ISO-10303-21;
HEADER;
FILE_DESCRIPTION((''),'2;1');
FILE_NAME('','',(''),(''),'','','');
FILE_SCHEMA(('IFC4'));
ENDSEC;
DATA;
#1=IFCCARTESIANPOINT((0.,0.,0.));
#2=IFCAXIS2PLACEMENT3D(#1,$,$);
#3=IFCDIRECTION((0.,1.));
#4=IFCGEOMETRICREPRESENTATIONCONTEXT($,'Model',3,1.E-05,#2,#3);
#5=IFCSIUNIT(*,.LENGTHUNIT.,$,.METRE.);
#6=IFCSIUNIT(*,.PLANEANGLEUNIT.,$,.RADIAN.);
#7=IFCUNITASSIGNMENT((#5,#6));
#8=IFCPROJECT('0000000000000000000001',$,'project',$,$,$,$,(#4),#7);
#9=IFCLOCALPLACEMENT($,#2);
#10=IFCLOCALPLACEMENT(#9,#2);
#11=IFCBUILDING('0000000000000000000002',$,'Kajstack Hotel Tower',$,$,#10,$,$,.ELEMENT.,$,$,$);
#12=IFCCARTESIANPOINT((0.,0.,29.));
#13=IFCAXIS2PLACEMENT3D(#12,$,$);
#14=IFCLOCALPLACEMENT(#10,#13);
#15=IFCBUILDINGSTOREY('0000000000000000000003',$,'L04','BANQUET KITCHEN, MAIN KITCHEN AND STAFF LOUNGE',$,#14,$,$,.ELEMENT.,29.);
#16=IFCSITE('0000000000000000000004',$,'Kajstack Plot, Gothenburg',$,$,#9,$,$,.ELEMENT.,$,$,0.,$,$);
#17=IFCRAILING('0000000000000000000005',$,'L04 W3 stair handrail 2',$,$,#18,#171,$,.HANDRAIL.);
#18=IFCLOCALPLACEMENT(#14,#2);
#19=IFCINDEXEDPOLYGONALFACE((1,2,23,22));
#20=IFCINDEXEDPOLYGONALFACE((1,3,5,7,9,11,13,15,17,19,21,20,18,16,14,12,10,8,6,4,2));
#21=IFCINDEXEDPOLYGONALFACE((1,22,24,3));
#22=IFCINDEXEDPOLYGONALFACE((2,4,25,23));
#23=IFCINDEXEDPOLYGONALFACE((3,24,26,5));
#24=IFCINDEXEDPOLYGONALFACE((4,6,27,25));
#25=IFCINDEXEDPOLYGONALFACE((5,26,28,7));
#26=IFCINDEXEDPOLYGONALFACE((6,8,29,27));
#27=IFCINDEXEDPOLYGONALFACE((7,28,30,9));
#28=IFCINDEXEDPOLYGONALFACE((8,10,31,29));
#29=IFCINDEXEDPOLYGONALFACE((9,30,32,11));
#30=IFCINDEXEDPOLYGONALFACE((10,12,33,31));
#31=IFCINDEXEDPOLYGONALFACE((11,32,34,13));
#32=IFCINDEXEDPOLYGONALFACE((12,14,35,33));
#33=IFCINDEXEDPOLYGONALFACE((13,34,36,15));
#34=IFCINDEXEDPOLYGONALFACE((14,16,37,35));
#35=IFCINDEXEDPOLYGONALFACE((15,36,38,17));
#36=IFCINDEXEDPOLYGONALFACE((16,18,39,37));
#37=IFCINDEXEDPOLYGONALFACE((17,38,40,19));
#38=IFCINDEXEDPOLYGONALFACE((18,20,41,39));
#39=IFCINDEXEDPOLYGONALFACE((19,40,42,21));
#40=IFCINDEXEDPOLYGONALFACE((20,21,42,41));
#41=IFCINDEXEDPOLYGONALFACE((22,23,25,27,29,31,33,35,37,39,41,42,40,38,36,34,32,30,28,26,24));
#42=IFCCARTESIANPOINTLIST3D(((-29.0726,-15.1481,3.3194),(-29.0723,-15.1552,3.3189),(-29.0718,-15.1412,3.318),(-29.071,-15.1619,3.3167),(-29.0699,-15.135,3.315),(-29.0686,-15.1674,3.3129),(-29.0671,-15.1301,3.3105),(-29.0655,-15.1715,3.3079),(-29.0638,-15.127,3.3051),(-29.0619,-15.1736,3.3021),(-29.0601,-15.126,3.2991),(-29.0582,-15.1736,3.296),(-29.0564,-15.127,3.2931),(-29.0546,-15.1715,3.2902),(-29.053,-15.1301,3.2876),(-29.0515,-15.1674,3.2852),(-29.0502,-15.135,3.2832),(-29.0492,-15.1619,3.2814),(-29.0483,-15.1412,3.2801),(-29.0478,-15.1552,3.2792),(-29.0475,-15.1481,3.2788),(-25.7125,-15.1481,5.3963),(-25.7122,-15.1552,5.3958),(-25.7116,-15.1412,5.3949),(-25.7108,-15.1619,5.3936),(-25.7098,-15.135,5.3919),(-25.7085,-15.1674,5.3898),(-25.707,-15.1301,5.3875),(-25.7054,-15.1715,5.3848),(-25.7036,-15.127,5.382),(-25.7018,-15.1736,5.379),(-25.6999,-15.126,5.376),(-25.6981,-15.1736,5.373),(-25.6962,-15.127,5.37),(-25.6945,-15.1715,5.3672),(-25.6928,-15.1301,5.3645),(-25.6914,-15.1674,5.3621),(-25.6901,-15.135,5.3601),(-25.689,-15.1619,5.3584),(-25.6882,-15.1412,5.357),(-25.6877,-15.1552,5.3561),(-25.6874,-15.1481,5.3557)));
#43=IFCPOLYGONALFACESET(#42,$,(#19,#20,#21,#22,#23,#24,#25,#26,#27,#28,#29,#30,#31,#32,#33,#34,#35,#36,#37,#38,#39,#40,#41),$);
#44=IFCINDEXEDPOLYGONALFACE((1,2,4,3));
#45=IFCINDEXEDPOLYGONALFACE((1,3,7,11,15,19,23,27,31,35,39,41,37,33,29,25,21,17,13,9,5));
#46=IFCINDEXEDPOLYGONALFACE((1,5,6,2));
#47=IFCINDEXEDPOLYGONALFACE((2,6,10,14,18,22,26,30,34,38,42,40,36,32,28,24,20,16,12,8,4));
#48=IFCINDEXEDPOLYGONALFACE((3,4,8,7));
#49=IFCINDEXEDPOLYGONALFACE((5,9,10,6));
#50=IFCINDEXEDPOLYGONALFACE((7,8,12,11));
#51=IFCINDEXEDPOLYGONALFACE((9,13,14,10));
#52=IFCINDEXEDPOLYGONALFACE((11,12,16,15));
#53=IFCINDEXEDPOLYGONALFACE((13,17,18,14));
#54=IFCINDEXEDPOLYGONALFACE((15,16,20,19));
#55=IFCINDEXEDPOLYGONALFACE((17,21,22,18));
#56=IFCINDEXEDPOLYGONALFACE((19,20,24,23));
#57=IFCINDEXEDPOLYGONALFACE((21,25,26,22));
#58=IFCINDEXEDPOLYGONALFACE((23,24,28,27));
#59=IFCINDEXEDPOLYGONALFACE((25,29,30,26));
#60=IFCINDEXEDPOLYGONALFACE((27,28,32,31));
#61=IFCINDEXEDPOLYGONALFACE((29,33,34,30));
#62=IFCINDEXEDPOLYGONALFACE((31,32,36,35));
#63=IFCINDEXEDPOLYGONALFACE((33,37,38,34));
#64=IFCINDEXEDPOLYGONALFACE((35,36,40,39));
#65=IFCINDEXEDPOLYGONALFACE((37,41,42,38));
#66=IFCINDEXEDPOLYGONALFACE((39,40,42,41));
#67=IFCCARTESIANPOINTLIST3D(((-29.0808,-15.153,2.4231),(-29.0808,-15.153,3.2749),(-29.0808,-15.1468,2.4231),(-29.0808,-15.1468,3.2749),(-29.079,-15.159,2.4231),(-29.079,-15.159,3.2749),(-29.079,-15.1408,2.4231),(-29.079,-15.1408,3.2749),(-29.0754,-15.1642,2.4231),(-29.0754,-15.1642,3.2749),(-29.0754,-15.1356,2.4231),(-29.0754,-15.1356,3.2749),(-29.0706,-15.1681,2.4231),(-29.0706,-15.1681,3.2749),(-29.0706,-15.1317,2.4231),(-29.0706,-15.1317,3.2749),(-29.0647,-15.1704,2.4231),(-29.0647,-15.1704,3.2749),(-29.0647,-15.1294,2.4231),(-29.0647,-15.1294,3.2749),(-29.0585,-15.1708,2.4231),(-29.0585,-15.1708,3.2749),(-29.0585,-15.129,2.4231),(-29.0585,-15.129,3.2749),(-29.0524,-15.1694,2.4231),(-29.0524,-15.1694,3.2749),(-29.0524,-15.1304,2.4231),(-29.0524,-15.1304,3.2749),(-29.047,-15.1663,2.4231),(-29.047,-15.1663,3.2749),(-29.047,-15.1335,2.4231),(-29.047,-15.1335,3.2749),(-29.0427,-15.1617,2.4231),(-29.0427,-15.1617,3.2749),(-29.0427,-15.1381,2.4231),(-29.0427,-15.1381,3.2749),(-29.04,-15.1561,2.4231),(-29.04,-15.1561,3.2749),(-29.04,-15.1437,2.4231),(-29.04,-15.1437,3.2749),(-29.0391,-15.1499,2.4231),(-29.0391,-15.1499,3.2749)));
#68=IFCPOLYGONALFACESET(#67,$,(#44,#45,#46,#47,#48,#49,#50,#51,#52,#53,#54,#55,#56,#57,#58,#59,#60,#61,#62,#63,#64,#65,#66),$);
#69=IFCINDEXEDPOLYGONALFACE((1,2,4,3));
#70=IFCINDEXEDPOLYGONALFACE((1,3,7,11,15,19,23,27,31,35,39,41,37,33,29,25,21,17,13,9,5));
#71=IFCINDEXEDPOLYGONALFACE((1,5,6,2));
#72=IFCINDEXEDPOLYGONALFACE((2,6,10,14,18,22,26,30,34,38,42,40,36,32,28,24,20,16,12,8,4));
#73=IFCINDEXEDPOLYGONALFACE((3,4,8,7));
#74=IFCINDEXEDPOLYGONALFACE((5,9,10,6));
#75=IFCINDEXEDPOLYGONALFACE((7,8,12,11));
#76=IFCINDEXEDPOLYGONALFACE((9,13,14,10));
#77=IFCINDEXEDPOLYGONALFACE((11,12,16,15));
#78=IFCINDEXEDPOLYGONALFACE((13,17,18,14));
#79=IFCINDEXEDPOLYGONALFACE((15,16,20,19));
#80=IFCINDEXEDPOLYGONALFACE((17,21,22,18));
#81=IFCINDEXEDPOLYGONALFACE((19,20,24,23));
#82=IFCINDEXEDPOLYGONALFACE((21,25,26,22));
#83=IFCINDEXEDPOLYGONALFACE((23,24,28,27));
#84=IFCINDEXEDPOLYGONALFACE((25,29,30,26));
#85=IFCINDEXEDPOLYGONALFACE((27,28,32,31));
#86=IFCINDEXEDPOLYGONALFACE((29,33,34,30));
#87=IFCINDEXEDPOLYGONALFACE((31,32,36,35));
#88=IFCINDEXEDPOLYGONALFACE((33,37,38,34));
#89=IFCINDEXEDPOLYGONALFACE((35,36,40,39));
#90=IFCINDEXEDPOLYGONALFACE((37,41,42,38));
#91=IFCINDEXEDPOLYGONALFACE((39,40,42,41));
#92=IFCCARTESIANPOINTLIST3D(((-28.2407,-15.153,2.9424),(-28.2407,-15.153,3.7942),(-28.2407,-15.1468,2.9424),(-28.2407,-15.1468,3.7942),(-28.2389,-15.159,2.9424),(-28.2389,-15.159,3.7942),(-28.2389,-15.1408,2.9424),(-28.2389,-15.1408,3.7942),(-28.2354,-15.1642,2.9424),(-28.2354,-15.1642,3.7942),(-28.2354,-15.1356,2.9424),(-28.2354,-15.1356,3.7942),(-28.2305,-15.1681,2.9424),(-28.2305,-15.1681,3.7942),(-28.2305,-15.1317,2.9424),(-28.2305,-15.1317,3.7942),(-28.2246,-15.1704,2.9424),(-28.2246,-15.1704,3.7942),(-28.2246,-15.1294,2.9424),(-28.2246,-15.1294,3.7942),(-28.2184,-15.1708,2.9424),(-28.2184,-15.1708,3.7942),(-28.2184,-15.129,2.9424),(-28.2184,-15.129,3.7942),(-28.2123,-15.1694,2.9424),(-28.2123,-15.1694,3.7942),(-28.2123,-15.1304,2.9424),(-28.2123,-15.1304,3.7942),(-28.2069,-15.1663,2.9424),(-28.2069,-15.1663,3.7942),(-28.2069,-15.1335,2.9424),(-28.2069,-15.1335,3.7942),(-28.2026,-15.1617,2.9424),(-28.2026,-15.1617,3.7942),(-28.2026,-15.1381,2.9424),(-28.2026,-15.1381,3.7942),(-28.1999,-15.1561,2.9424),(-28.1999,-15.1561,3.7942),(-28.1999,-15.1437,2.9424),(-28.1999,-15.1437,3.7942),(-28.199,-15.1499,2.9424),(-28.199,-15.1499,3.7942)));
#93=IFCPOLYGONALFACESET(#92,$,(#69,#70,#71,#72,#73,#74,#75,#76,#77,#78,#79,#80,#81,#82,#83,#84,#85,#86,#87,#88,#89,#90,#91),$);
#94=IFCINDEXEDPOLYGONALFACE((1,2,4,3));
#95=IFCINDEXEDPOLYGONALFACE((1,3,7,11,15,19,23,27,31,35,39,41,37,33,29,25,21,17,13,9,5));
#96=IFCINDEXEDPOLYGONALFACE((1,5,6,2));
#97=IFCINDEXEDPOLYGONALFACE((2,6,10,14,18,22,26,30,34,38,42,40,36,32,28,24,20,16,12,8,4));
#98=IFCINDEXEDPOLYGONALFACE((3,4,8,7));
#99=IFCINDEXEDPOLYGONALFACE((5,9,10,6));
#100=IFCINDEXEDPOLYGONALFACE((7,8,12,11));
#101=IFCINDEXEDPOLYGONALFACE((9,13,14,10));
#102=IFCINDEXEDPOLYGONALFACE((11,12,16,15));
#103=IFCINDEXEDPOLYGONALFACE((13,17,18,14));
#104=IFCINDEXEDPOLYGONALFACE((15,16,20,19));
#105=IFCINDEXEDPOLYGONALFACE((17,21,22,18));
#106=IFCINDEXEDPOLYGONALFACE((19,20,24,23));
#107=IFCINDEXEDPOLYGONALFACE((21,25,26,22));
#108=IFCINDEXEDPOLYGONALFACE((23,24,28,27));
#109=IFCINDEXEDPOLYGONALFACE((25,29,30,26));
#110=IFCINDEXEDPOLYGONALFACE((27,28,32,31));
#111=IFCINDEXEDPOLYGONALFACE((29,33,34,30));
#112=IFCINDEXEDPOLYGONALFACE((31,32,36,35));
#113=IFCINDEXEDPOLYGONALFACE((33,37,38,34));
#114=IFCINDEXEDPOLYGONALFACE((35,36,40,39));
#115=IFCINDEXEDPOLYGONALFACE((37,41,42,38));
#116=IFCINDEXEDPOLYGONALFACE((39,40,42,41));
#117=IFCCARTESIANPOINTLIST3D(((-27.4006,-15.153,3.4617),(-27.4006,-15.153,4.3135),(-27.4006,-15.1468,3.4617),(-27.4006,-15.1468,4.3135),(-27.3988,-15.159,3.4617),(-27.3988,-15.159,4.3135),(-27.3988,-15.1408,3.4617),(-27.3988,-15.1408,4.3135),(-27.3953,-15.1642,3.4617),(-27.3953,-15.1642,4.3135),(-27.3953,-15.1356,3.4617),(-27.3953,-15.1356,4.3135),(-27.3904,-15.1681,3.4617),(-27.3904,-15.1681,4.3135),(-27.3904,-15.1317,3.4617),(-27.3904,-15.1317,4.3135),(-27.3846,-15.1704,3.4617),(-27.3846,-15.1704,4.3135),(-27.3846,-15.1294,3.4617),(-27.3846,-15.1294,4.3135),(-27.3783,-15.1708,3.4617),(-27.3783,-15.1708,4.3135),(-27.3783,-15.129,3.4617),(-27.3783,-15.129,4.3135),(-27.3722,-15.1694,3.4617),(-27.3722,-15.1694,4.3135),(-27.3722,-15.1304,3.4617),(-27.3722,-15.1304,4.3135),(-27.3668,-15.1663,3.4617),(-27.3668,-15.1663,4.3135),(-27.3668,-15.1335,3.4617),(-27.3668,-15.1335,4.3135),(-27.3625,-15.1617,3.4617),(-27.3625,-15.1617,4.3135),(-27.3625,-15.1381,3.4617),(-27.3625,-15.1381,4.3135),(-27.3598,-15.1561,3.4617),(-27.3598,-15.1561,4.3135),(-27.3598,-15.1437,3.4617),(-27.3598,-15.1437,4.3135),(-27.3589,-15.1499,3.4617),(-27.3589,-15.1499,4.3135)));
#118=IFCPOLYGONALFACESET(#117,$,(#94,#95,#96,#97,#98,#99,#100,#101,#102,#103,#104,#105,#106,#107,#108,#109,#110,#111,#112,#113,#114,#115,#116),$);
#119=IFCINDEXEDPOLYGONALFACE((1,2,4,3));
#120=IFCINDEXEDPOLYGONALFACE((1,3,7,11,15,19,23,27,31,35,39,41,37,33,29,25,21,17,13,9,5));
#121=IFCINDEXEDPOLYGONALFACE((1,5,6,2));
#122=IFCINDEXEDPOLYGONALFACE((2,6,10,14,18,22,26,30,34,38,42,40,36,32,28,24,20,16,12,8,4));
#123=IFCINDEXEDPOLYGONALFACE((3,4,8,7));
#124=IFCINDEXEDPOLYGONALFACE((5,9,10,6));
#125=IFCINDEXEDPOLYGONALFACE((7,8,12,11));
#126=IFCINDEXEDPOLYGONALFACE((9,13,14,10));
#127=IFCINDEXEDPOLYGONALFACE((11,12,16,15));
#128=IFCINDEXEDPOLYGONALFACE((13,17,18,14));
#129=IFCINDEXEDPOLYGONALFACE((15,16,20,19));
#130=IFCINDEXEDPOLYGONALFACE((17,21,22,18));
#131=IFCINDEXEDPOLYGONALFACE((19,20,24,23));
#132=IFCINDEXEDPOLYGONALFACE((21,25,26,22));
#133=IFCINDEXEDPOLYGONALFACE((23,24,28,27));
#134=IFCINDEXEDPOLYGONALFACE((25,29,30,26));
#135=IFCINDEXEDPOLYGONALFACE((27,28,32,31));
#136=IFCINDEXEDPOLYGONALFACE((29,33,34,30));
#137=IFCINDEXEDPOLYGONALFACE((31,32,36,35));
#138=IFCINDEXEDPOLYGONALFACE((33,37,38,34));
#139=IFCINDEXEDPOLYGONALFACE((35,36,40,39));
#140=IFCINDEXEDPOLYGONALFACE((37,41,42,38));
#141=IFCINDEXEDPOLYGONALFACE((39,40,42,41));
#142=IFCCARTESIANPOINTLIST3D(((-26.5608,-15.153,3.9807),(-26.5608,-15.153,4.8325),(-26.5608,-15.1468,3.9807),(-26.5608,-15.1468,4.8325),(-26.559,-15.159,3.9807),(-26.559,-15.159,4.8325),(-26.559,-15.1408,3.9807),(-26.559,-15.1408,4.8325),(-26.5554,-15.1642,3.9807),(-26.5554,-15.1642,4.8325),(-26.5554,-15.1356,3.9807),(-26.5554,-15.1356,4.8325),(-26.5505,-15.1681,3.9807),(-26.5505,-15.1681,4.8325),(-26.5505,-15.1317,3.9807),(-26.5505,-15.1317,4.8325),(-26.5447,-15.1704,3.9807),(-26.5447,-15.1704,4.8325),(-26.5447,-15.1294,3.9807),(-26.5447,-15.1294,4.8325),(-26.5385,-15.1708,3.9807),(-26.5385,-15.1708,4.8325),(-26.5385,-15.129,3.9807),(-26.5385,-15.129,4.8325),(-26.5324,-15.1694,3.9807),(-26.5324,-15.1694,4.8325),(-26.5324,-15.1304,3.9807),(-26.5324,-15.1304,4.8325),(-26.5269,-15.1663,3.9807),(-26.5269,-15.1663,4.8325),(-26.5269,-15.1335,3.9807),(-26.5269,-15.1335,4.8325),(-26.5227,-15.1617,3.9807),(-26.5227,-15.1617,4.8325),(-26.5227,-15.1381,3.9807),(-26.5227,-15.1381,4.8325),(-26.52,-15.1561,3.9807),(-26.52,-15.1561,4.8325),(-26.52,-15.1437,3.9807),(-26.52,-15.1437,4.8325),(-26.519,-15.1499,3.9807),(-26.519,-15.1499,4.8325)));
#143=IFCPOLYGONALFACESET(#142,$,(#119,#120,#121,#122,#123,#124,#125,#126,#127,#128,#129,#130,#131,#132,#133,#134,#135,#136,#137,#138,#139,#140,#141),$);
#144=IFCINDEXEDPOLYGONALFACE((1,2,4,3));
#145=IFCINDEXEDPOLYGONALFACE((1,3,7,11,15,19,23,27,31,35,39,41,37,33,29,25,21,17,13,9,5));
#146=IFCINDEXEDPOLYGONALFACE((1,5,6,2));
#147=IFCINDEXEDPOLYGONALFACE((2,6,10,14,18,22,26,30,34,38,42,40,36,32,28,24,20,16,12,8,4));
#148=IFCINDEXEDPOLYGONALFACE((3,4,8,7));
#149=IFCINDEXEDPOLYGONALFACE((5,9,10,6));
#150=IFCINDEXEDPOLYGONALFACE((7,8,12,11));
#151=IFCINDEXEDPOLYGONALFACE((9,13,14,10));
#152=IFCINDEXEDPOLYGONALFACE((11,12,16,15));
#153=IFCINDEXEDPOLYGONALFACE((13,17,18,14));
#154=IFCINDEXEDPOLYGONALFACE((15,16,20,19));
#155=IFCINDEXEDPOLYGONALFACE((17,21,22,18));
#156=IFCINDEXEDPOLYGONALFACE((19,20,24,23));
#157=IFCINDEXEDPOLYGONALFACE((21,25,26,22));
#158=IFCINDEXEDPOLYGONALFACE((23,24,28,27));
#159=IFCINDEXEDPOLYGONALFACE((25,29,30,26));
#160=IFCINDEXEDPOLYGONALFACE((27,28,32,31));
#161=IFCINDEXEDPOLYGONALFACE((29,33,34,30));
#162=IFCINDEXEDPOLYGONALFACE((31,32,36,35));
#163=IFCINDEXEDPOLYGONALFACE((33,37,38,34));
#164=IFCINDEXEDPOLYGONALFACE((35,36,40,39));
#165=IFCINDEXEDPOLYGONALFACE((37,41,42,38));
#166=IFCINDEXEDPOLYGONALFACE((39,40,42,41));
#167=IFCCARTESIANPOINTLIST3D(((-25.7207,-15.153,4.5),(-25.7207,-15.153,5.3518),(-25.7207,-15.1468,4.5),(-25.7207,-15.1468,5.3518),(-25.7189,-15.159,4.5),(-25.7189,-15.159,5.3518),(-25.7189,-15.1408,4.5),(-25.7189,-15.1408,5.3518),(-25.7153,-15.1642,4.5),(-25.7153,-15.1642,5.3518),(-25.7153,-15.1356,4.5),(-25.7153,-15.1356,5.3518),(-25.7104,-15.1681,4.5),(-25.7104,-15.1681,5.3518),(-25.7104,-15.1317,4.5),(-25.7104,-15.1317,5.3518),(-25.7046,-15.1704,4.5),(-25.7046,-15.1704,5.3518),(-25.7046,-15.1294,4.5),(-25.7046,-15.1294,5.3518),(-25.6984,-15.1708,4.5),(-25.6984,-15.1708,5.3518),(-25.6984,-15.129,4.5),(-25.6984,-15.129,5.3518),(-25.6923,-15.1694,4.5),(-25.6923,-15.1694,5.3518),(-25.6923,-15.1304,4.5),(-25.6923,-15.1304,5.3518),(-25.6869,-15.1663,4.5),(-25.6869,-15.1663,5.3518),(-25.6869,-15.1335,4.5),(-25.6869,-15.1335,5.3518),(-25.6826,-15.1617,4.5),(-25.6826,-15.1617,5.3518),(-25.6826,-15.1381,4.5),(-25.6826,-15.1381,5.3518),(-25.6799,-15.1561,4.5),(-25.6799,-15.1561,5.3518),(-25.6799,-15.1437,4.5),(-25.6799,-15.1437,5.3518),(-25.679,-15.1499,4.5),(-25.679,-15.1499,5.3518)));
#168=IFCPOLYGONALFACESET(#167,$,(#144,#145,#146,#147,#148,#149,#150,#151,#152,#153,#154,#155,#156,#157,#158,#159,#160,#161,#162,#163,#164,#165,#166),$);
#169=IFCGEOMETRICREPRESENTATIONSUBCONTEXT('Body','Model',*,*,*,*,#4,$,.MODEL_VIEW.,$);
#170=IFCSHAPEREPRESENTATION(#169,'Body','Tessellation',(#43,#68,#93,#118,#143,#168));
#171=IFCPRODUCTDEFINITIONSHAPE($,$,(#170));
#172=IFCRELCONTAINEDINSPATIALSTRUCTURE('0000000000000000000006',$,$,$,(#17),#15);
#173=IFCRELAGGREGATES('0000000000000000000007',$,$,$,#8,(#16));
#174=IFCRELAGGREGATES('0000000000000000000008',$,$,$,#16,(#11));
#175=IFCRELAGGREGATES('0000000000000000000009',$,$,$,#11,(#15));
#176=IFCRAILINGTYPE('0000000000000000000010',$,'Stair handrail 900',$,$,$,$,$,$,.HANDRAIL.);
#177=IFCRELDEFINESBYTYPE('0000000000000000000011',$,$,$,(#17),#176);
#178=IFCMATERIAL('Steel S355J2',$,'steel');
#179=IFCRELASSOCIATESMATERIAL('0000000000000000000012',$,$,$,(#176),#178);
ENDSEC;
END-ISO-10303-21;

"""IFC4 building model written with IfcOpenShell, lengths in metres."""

from ifc_helpers import new_model, si_unit, direction, frame, origin, origin_2d, place, context, subcontext, project, spatial, circle, extrude, material, type_object, element, save


model = new_model("IFC4")

# Units and contexts
model_context = context("Model", 3, precision=1e-05, world=origin(), true_north=direction((0.0, 1.0)))
body_context = subcontext(model_context, "Body", "Model", "MODEL_VIEW")
ifc_project = project(units=[si_unit("LENGTHUNIT", "METRE"), si_unit("PLANEANGLEUNIT", "RADIAN")], contexts=[model_context])

# Site, building, storey
site_placement = place(None, origin())
site = spatial("IfcSite", under=ifc_project, at=site_placement, Name="Kajstack Plot, Gothenburg", CompositionType="ELEMENT", RefElevation=0.0)
building_placement = place(site_placement, origin())
building = spatial("IfcBuilding", under=site, at=building_placement, Name="Kajstack Hotel Tower", CompositionType="ELEMENT")
storey_placement = place(building_placement, frame((0.0, 0.0, 29.0)))
storey = spatial("IfcBuildingStorey", under=building, at=storey_placement, Name="L04", Description="BANQUET KITCHEN, MAIN KITCHEN AND STAFF LOUNGE", CompositionType="ELEMENT", Elevation=29.0)

# Railing
ifc_material_1 = material(Name="Steel S355J2", Category="steel")
railing_type_1 = type_object("IfcRailingType", Name="Stair handrail 900", PredefinedType="HANDRAIL", material=ifc_material_1)
railing_1_placement = place(storey_placement, frame((-29.0601, -15.1499, 2.4231)))
element("IfcRailing", 1, at=railing_1_placement, inside=storey, type_object=railing_type_1, Name="L04 W3 stair handrail 2", PredefinedType="HANDRAIL", context=body_context, shape_type="SweptSolid", body=[
    extrude(circle(Radius=0.0239, at=origin_2d()), frame((0.0, 0.0, 0.876), z_axis=(0.850623, 0.0, 0.525776), x_axis=(0.0, 1.0, 0.0)), (0.0, 0.0, 1.0), 3.9502),
    extrude(circle(Radius=0.021, at=origin_2d()), origin(), (0.0, 0.0, 1.0), 0.8518),
    extrude(circle(Radius=0.021, at=origin_2d()), frame((0.8401, 0.0, 0.5193)), (0.0, 0.0, 1.0), 0.8518),
    extrude(circle(Radius=0.021, at=origin_2d()), frame((1.6802, 0.0, 1.0386)), (0.0, 0.0, 1.0), 0.8518),
    extrude(circle(Radius=0.021, at=origin_2d()), frame((2.52, 0.0, 1.5576)), (0.0, 0.0, 1.0), 0.8518),
    extrude(circle(Radius=0.021, at=origin_2d()), frame((3.3601, 0.0, 2.0769)), (0.0, 0.0, 1.0), 0.8518),
])

save(model, "model.ifc")
